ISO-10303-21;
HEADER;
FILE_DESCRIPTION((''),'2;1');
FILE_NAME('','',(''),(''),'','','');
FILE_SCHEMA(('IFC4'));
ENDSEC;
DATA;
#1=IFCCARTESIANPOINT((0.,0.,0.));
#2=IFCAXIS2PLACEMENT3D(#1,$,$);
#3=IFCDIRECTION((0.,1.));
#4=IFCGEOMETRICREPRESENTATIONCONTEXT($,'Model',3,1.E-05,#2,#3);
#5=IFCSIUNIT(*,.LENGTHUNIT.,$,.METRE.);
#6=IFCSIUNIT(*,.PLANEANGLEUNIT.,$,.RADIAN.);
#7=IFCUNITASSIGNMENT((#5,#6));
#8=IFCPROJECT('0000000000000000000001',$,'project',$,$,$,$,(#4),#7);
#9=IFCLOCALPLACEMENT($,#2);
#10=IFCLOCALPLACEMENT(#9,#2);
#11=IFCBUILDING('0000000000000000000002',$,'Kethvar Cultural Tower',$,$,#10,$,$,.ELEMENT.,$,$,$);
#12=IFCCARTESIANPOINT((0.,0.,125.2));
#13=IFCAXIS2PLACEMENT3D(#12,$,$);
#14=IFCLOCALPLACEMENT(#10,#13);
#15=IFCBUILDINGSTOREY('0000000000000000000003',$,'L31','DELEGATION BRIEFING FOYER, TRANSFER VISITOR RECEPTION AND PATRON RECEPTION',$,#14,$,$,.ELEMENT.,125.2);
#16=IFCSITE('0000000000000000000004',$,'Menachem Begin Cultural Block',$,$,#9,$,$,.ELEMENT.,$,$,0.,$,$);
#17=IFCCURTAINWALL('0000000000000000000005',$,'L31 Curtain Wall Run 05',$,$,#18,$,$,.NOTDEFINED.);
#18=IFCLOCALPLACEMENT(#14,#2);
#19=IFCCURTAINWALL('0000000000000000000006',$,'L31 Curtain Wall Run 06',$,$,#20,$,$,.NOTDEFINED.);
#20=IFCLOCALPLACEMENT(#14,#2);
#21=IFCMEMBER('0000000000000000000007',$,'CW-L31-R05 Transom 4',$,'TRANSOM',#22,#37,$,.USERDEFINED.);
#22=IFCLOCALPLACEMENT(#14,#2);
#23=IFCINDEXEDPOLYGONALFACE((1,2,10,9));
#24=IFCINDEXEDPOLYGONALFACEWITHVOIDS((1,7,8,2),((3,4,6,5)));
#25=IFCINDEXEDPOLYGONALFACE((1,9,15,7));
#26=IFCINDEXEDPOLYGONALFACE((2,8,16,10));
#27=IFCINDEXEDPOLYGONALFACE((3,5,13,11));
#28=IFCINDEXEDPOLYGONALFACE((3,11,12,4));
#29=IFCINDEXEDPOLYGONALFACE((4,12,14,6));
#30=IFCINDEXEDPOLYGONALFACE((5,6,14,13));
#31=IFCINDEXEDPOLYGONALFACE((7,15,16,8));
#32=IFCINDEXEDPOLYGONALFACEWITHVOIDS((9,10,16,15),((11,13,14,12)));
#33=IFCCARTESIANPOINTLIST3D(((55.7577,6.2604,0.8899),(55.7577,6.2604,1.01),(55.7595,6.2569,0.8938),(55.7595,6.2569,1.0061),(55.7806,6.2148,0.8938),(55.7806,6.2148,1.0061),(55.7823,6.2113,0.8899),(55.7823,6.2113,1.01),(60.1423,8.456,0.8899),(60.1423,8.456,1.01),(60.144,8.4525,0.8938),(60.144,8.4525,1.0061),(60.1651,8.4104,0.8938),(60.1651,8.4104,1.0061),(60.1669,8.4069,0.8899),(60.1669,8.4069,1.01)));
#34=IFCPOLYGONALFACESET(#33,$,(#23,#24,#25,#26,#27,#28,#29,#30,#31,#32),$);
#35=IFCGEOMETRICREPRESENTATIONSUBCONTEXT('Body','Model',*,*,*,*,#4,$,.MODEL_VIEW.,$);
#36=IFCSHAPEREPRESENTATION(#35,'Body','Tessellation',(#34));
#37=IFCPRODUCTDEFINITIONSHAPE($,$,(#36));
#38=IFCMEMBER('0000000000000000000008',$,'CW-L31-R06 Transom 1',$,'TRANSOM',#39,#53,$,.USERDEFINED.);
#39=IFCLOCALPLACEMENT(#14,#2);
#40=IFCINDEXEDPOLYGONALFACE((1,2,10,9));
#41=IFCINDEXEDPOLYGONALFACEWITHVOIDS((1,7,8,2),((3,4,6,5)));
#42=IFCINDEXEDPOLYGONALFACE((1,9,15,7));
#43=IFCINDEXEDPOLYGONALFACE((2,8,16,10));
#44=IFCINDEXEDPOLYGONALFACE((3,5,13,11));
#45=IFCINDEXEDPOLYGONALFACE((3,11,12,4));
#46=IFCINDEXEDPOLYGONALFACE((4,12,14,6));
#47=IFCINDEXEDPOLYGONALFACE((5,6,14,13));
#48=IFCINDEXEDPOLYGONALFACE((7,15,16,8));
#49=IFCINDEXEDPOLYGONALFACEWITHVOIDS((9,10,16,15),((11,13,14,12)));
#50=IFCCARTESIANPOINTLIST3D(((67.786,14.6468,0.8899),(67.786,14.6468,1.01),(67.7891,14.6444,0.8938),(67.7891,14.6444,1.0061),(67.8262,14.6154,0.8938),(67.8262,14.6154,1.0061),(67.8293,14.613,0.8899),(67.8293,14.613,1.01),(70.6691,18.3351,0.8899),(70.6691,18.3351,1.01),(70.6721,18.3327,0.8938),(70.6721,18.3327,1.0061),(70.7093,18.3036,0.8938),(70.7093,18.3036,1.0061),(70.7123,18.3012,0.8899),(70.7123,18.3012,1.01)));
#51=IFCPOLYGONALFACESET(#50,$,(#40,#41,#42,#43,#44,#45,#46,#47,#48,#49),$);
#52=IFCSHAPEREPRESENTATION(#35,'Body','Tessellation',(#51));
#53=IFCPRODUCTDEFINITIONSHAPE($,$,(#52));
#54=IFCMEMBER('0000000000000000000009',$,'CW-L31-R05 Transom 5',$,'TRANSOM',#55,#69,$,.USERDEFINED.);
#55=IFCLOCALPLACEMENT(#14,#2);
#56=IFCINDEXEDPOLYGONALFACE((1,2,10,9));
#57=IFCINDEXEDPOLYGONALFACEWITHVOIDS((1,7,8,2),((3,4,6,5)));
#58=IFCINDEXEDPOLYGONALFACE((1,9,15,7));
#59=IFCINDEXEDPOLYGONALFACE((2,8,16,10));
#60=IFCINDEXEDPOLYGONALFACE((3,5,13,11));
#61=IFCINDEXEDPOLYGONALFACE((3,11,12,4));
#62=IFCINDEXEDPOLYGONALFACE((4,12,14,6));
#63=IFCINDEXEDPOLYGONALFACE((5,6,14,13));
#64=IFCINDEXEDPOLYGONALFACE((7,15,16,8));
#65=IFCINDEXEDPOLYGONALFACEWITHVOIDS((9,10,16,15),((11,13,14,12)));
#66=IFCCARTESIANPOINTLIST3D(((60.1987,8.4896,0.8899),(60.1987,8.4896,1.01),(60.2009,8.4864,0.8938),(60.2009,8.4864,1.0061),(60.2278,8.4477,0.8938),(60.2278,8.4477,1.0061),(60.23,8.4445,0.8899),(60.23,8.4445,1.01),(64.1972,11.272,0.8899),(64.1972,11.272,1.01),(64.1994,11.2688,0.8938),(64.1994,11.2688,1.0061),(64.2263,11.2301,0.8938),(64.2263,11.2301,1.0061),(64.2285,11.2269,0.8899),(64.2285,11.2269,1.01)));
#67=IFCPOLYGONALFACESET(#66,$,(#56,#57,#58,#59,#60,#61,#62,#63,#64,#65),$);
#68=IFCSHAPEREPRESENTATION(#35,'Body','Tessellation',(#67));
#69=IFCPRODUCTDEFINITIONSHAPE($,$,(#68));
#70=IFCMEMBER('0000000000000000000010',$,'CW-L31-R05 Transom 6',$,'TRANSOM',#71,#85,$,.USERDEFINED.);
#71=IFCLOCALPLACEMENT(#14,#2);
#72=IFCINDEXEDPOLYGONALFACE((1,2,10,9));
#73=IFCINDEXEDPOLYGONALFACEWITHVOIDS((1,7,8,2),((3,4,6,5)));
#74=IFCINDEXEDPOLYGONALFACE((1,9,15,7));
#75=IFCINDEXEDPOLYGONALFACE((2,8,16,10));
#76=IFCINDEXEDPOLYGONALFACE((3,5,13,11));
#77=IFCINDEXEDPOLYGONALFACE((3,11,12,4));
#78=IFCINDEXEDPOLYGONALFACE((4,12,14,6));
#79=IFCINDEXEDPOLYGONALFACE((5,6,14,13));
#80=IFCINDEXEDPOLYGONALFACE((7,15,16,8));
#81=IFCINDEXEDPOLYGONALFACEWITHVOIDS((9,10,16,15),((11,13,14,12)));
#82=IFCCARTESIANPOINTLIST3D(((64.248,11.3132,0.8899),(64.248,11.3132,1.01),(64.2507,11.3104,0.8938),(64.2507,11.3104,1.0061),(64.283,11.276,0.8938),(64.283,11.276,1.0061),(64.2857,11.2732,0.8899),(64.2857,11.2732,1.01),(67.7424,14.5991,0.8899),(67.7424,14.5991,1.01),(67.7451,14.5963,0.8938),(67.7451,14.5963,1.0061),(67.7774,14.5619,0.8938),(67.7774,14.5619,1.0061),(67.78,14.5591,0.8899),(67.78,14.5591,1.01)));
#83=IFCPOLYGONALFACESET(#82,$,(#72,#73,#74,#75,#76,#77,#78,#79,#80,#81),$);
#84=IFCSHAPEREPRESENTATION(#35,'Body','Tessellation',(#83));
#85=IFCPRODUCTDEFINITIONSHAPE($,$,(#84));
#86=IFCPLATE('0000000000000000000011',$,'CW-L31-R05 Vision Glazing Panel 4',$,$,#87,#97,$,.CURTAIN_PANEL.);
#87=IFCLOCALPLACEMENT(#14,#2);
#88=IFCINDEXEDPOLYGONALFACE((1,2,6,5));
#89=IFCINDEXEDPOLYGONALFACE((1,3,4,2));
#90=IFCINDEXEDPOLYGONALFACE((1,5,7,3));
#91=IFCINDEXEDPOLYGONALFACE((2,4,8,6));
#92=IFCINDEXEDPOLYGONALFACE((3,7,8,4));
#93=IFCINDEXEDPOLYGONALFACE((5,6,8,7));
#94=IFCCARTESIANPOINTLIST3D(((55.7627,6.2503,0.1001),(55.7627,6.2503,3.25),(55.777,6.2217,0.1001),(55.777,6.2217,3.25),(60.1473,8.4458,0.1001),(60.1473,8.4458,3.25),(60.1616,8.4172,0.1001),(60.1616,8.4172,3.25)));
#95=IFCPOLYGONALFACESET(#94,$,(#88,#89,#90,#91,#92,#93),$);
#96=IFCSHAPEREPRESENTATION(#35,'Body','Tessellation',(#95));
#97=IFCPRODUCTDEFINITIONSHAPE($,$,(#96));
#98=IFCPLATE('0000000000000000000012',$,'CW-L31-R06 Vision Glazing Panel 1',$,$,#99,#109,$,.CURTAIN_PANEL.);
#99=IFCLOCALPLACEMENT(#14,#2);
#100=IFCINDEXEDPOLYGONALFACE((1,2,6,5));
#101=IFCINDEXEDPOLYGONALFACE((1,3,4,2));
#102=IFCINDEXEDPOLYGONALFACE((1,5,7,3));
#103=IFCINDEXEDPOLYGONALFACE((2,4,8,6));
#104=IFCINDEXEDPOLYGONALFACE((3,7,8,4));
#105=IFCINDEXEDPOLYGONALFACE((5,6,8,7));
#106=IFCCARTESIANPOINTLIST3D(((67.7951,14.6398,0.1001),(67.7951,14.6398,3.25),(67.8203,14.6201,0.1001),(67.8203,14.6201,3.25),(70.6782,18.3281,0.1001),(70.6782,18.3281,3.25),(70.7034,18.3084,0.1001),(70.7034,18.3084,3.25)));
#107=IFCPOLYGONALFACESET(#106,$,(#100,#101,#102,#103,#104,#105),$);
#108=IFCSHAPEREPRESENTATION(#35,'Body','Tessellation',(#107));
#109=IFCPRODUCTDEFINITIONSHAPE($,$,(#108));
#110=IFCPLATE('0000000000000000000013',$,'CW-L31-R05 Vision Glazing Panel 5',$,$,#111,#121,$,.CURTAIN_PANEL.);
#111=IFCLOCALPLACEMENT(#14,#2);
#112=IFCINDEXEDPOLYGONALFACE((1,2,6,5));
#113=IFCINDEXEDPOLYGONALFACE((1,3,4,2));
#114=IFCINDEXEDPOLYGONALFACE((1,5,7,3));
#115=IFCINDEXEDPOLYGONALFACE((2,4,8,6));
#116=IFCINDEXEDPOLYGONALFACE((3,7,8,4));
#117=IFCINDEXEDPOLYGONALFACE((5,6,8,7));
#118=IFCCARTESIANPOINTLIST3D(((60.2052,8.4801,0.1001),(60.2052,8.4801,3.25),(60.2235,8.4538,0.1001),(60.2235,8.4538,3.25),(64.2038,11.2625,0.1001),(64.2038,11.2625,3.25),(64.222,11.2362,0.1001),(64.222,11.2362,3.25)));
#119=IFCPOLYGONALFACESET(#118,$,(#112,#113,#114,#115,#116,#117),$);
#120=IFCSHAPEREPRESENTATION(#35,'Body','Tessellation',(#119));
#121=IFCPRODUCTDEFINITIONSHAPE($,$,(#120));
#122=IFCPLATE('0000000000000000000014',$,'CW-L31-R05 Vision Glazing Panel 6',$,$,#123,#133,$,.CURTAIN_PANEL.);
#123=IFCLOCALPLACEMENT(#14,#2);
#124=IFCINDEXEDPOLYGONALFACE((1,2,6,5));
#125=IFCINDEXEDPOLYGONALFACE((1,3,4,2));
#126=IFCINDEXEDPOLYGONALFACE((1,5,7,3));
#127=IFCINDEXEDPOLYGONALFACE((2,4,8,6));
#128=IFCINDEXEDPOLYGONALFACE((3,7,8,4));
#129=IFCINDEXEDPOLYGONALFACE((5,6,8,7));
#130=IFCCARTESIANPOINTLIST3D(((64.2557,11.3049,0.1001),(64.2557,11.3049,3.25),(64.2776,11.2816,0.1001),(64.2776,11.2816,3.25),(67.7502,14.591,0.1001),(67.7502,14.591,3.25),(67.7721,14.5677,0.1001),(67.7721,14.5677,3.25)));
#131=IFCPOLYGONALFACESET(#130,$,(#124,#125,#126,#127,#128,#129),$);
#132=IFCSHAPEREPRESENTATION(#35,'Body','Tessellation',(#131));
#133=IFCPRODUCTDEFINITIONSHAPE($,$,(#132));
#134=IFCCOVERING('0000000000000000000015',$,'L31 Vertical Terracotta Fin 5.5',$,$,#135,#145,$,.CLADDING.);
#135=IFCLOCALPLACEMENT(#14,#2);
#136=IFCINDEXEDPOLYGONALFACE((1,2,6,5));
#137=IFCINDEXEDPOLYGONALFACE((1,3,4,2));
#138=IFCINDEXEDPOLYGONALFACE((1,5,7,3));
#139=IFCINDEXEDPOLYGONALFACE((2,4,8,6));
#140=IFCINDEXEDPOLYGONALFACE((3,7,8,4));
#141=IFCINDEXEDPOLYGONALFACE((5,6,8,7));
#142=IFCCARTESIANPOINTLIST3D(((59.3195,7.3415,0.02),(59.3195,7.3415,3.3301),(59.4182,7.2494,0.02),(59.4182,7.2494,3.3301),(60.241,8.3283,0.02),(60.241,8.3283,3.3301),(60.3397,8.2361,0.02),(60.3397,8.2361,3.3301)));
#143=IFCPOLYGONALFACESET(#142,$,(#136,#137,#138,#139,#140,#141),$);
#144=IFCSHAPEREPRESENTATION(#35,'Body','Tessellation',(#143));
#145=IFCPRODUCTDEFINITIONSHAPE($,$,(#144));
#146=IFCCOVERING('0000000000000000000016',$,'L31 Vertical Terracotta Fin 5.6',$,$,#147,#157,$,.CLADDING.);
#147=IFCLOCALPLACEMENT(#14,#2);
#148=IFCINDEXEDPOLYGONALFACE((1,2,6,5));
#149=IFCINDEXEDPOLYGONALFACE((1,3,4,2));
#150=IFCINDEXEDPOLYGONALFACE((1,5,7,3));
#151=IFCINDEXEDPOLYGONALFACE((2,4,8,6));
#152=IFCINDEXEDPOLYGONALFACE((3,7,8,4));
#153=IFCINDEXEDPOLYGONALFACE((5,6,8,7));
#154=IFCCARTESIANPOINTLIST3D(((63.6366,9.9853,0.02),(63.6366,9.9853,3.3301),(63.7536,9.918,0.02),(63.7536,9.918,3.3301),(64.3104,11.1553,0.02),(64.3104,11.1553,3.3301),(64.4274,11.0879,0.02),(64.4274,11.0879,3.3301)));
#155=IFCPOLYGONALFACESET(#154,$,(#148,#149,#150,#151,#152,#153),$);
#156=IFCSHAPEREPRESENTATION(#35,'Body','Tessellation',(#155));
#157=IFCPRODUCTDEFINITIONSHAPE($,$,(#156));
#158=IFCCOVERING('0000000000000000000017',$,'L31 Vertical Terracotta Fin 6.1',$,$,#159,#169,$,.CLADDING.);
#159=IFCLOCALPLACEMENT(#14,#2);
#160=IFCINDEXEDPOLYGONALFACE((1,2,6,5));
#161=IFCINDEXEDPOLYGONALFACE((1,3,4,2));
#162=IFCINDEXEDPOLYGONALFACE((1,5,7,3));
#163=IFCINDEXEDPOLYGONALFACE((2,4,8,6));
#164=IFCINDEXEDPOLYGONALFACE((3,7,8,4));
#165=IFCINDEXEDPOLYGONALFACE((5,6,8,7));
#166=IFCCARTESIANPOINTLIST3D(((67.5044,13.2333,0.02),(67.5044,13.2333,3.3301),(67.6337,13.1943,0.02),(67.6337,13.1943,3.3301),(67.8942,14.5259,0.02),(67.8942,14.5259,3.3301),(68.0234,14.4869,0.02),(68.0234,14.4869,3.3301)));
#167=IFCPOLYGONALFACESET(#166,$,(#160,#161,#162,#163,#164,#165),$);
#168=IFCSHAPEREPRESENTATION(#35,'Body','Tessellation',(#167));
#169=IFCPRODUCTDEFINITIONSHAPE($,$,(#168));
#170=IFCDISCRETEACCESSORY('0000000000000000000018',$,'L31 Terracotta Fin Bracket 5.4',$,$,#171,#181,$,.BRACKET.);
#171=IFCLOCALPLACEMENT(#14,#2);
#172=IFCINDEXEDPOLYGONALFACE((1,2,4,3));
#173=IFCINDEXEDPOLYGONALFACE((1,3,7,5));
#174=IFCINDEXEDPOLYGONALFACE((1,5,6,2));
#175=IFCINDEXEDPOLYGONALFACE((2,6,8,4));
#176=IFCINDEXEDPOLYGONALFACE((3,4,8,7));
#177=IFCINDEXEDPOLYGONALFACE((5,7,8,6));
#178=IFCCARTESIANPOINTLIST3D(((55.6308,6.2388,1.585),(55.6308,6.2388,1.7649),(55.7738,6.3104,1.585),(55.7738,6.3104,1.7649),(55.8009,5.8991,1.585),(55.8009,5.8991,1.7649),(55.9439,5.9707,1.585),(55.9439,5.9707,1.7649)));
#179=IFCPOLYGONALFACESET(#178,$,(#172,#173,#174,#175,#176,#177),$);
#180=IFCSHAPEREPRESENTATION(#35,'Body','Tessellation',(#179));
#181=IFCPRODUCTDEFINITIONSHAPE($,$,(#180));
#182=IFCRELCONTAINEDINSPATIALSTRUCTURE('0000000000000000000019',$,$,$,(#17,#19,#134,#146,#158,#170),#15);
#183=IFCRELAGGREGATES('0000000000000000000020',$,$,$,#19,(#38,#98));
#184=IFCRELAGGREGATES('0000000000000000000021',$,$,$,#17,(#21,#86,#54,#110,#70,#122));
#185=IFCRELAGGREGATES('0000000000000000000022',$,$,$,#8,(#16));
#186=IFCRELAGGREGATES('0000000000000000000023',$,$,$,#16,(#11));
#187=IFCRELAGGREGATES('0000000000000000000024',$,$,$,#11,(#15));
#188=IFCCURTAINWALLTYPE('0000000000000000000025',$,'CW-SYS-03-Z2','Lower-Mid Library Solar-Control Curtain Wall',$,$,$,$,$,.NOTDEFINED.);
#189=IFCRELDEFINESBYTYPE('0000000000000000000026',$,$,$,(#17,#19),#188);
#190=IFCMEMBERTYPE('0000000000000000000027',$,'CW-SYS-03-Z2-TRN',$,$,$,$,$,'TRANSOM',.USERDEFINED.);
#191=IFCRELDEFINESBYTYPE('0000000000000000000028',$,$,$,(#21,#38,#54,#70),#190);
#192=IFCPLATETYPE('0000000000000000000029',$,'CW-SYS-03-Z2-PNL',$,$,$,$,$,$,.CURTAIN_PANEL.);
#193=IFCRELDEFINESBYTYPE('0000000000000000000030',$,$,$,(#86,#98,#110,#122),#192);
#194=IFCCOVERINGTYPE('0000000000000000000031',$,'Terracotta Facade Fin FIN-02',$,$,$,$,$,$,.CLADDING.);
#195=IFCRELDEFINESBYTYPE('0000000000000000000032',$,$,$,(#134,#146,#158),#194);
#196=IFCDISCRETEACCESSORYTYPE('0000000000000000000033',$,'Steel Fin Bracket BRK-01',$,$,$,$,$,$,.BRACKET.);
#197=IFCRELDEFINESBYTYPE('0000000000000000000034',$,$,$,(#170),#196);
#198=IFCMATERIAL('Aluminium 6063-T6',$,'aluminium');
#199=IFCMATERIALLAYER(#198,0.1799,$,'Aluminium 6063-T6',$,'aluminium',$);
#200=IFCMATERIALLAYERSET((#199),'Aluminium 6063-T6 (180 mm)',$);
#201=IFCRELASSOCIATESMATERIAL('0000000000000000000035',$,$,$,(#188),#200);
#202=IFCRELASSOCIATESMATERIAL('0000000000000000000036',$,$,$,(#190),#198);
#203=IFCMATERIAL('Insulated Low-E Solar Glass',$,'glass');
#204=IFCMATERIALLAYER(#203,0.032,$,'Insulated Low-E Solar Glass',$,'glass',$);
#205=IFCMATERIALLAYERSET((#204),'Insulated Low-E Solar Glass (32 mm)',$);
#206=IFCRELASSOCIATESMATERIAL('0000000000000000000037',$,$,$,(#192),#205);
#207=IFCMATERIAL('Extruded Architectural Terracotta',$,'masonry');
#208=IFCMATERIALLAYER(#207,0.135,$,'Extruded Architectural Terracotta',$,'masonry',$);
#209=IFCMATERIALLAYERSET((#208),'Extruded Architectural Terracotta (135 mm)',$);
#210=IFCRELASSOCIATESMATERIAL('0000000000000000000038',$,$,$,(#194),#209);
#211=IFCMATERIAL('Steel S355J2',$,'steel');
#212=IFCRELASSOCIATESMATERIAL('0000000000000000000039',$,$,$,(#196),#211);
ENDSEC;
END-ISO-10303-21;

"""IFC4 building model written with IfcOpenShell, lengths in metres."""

from ifc_helpers import new_model, si_unit, direction, frame, origin, origin_2d, place, context, subcontext, project, spatial, rectangle, hollow_rectangle, extrude, source, transform, mapped, material, layer, layer_set, material_profile, profile_set, type_object, element, aggregate, save


model = new_model("IFC4")

# Units and contexts
model_context = context("Model", 3, precision=1e-05, world=origin(), true_north=direction((0.0, 1.0)))
body_context = subcontext(model_context, "Body", "Model", "MODEL_VIEW")
ifc_project = project(units=[si_unit("LENGTHUNIT", "METRE"), si_unit("PLANEANGLEUNIT", "RADIAN")], contexts=[model_context])

# Site, building, storey
site_placement = place(None, origin())
site = spatial("IfcSite", under=ifc_project, at=site_placement, Name="Menachem Begin Cultural Block", CompositionType="ELEMENT", RefElevation=0.0)
building_placement = place(site_placement, origin())
building = spatial("IfcBuilding", under=site, at=building_placement, Name="Kethvar Cultural Tower", CompositionType="ELEMENT")
storey_placement = place(building_placement, frame((0.0, 0.0, 125.2)))
storey = spatial("IfcBuildingStorey", under=building, at=storey_placement, Name="L31", Description="DELEGATION BRIEFING FOYER, TRANSFER VISITOR RECEPTION AND PATRON RECEPTION", CompositionType="ELEMENT", Elevation=125.2)

# Shared definitions
ifc_material_1 = material(Name="Steel S355J2", Category="steel")

# Curtain wall
ifc_material_2 = material(Name="Aluminium 6063-T6", Category="aluminium")
ifc_layer_1 = layer(ifc_material_2, 0.1799, Name="Aluminium 6063-T6", Category="aluminium")
ifc_layer_set_1 = layer_set([ifc_layer_1], Name="Aluminium 6063-T6 (180 mm)")
curtain_wall_type = type_object("IfcCurtainWallType", Name="CW-SYS-03-Z2", Description="Lower-Mid Library Solar-Control Curtain Wall", PredefinedType="NOTDEFINED", material=ifc_layer_set_1)
curtain_wall_1_placement = place(storey_placement, origin())
curtain_wall_1 = element("IfcCurtainWall", 1, at=curtain_wall_1_placement, inside=storey, type_object=curtain_wall_type, Name="L31 Curtain Wall Run 05", PredefinedType="NOTDEFINED")

# Curtain wall
curtain_wall_2_placement = place(storey_placement, origin())
curtain_wall_2 = element("IfcCurtainWall", 2, at=curtain_wall_2_placement, inside=storey, type_object=curtain_wall_type, Name="L31 Curtain Wall Run 06", PredefinedType="NOTDEFINED")

# Members
ifc_material_profile_1 = material_profile(ifc_material_2, hollow_rectangle(XDim=0.0549, YDim=0.1201, WallThickness=0.0039, at=origin_2d()), Name="Aluminium 6063-T6 — RHS120x55x4")
ifc_profile_set_1 = profile_set([ifc_material_profile_1], Name="Aluminium 6063-T6 — RHS120x55x4")
member_type_1 = type_object("IfcMemberType", Name="CW-SYS-03-Z2-TRN", ElementType="TRANSOM", PredefinedType="USERDEFINED", material=ifc_profile_set_1)
shared_shape_1 = source(origin(), body_context, "Body", "SweptSolid", [
    extrude(hollow_rectangle(XDim=0.0549, YDim=0.1201, WallThickness=0.0039, at=origin_2d()), origin(), (0.0, 0.0, 1.0), 4.9036),
])
member_1_placement = place(storey_placement, frame((55.77, 6.2358, 0.95), z_axis=(0.894158, 0.447751, 0.0), x_axis=(-0.447751, 0.894158, 0.0)))
member_1 = element("IfcMember", 3, at=member_1_placement, type_object=member_type_1, Name="CW-L31-R05 Transom 4", ObjectType="TRANSOM", PredefinedType="USERDEFINED", context=body_context, shape_type="MappedRepresentation", body=[
    mapped(shared_shape_1, transform((0.0, 0.0, 0.0), scale=1.0)),
])
shared_shape_2 = source(origin(), body_context, "Body", "SweptSolid", [
    extrude(hollow_rectangle(XDim=0.0549, YDim=0.1201, WallThickness=0.0039, at=origin_2d()), origin(), (0.0, 0.0, 1.0), 4.6814),
])
member_2_placement = place(storey_placement, frame((67.8076, 14.6299, 0.95), z_axis=(0.61586, 0.787856, 0.0), x_axis=(-0.787856, 0.61586, 0.0)))
member_2 = element("IfcMember", 4, at=member_2_placement, type_object=member_type_1, Name="CW-L31-R06 Transom 1", ObjectType="TRANSOM", PredefinedType="USERDEFINED", context=body_context, shape_type="MappedRepresentation", body=[
    mapped(shared_shape_2, transform((0.0, 0.0, 0.0), scale=1.0)),
])
shared_shape_3 = source(origin(), body_context, "Body", "SweptSolid", [
    extrude(hollow_rectangle(XDim=0.0549, YDim=0.1201, WallThickness=0.0039, at=origin_2d()), origin(), (0.0, 0.0, 1.0), 4.8713),
])
member_3_placement = place(storey_placement, frame((60.2144, 8.467, 0.95), z_axis=(0.82082, 0.571186, 0.0), x_axis=(-0.571186, 0.82082, 0.0)))
member_3 = element("IfcMember", 5, at=member_3_placement, type_object=member_type_1, Name="CW-L31-R05 Transom 5", ObjectType="TRANSOM", PredefinedType="USERDEFINED", context=body_context, shape_type="MappedRepresentation", body=[
    mapped(shared_shape_3, transform((0.0, 0.0, 0.0), scale=1.0)),
])
shared_shape_4 = source(origin(), body_context, "Body", "SweptSolid", [
    extrude(hollow_rectangle(XDim=0.0549, YDim=0.1201, WallThickness=0.0039, at=origin_2d()), origin(), (0.0, 0.0, 1.0), 4.7966),
])
member_4_placement = place(storey_placement, frame((64.2668, 11.2932, 0.95), z_axis=(0.728506, 0.685039, 0.0), x_axis=(-0.685039, 0.728506, 0.0)))
member_4 = element("IfcMember", 6, at=member_4_placement, type_object=member_type_1, Name="CW-L31-R05 Transom 6", ObjectType="TRANSOM", PredefinedType="USERDEFINED", context=body_context, shape_type="MappedRepresentation", body=[
    mapped(shared_shape_4, transform((0.0, 0.0, 0.0), scale=1.0)),
])

# Plates
ifc_material_3 = material(Name="Insulated Low-E Solar Glass", Category="glass")
ifc_layer_2 = layer(ifc_material_3, 0.032, Name="Insulated Low-E Solar Glass", Category="glass")
ifc_layer_set_2 = layer_set([ifc_layer_2], Name="Insulated Low-E Solar Glass (32 mm)")
plate_type = type_object("IfcPlateType", Name="CW-SYS-03-Z2-PNL", PredefinedType="CURTAIN_PANEL", material=ifc_layer_set_2)
shared_shape_5 = source(origin(), body_context, "Body", "SweptSolid", [
    extrude(rectangle(XDim=4.9036, YDim=0.032, at=origin_2d()), origin(), (0.0, 0.0, 1.0), 3.1499),
])
plate_1_placement = place(storey_placement, frame((57.9622, 7.3337, 0.1001), z_axis=(0.0, 0.0, 1.0), x_axis=(0.894162, 0.447743, 0.0)))
plate_1 = element("IfcPlate", 7, at=plate_1_placement, type_object=plate_type, Name="CW-L31-R05 Vision Glazing Panel 4", PredefinedType="CURTAIN_PANEL", context=body_context, shape_type="MappedRepresentation", body=[
    mapped(shared_shape_5, transform((0.0, 0.0, 0.0), scale=1.0)),
])
shared_shape_6 = source(origin(), body_context, "Body", "SweptSolid", [
    extrude(rectangle(XDim=4.6814, YDim=0.032, at=origin_2d()), origin(), (0.0, 0.0, 1.0), 3.1499),
])
plate_2_placement = place(storey_placement, frame((69.2493, 16.4741, 0.1001), z_axis=(0.0, 0.0, 1.0), x_axis=(0.615854, 0.78786, 0.0)))
plate_2 = element("IfcPlate", 8, at=plate_2_placement, type_object=plate_type, Name="CW-L31-R06 Vision Glazing Panel 1", PredefinedType="CURTAIN_PANEL", context=body_context, shape_type="MappedRepresentation", body=[
    mapped(shared_shape_6, transform((0.0, 0.0, 0.0), scale=1.0)),
])
aggregate(curtain_wall_2, [member_2, plate_2])
shared_shape_7 = source(origin(), body_context, "Body", "SweptSolid", [
    extrude(rectangle(XDim=4.8713, YDim=0.032, at=origin_2d()), origin(), (0.0, 0.0, 1.0), 3.1499),
])
plate_3_placement = place(storey_placement, frame((62.2136, 9.8582, 0.1001), z_axis=(0.0, 0.0, 1.0), x_axis=(0.82083, 0.571172, 0.0)))
plate_3 = element("IfcPlate", 9, at=plate_3_placement, type_object=plate_type, Name="CW-L31-R05 Vision Glazing Panel 5", PredefinedType="CURTAIN_PANEL", context=body_context, shape_type="MappedRepresentation", body=[
    mapped(shared_shape_7, transform((0.0, 0.0, 0.0), scale=1.0)),
])
shared_shape_8 = source(origin(), body_context, "Body", "SweptSolid", [
    extrude(rectangle(XDim=4.7969, YDim=0.032, at=origin_2d()), origin(), (0.0, 0.0, 1.0), 3.1499),
])
plate_4_placement = place(storey_placement, frame((66.0139, 12.9363, 0.1001), z_axis=(0.0, 0.0, 1.0), x_axis=(0.728503, 0.685043, 0.0)))
plate_4 = element("IfcPlate", 10, at=plate_4_placement, type_object=plate_type, Name="CW-L31-R05 Vision Glazing Panel 6", PredefinedType="CURTAIN_PANEL", context=body_context, shape_type="MappedRepresentation", body=[
    mapped(shared_shape_8, transform((0.0, 0.0, 0.0), scale=1.0)),
])
aggregate(curtain_wall_1, [member_1, plate_1, member_3, plate_3, member_4, plate_4])

# Coverings
ifc_material_4 = material(Name="Extruded Architectural Terracotta", Category="masonry")
ifc_layer_3 = layer(ifc_material_4, 0.135, Name="Extruded Architectural Terracotta", Category="masonry")
ifc_layer_set_3 = layer_set([ifc_layer_3], Name="Extruded Architectural Terracotta (135 mm)")
covering_type = type_object("IfcCoveringType", Name="Terracotta Facade Fin FIN-02", PredefinedType="CLADDING", material=ifc_layer_set_3)
shared_shape_9 = source(origin(), body_context, "Body", "SweptSolid", [
    extrude(rectangle(XDim=1.3501, YDim=0.135, at=origin_2d()), origin(), (0.0, 0.0, 1.0), 3.3101),
])
for number, where, z_axis, x_axis, name in (
    (11, (59.8296, 7.7888, 0.02), (0.0, 0.0, 1.0), (-0.682509, -0.730877, 0.0), "L31 Vertical Terracotta Fin 5.5"),
    (12, (64.032, 10.5366, 0.02), (0.0, 0.0, 1.0), (-0.499093, -0.866549, 0.0), "L31 Vertical Terracotta Fin 5.6"),
    (13, (67.7639, 13.8601, 0.02), (0.0, 0.0, 1.0), (-0.288698, -0.95742, 0.0), "L31 Vertical Terracotta Fin 6.1"),
):
    element("IfcCovering", number, at=place(storey_placement, frame(where, z_axis=z_axis, x_axis=x_axis)), inside=storey, type_object=covering_type, Name=name, PredefinedType="CLADDING", context=body_context, shape_type="MappedRepresentation", body=[
        mapped(shared_shape_9, transform((0.0, 0.0, 0.0), scale=1.0)),
    ])

# Discrete accessory
discrete_accessory_type = type_object("IfcDiscreteAccessoryType", Name="Steel Fin Bracket BRK-01", PredefinedType="BRACKET", material=ifc_material_1)
shared_shape_10 = source(origin(), body_context, "Body", "SweptSolid", [
    extrude(rectangle(XDim=0.3799, YDim=0.1599, at=origin_2d()), origin(), (0.0, 0.0, 1.0), 0.1799),
])
for number, where, z_axis, x_axis, name in (
    (14, (55.7874, 6.1047, 1.585), (0.0, 0.0, 1.0), (0.447759, -0.894154, 0.0), "L31 Terracotta Fin Bracket 5.4"),
):
    element("IfcDiscreteAccessory", number, at=place(storey_placement, frame(where, z_axis=z_axis, x_axis=x_axis)), inside=storey, type_object=discrete_accessory_type, Name=name, PredefinedType="BRACKET", context=body_context, shape_type="MappedRepresentation", body=[
        mapped(shared_shape_10, transform((0.0, 0.0, 0.0), scale=1.0)),
    ])

save(model, "model.ifc")
